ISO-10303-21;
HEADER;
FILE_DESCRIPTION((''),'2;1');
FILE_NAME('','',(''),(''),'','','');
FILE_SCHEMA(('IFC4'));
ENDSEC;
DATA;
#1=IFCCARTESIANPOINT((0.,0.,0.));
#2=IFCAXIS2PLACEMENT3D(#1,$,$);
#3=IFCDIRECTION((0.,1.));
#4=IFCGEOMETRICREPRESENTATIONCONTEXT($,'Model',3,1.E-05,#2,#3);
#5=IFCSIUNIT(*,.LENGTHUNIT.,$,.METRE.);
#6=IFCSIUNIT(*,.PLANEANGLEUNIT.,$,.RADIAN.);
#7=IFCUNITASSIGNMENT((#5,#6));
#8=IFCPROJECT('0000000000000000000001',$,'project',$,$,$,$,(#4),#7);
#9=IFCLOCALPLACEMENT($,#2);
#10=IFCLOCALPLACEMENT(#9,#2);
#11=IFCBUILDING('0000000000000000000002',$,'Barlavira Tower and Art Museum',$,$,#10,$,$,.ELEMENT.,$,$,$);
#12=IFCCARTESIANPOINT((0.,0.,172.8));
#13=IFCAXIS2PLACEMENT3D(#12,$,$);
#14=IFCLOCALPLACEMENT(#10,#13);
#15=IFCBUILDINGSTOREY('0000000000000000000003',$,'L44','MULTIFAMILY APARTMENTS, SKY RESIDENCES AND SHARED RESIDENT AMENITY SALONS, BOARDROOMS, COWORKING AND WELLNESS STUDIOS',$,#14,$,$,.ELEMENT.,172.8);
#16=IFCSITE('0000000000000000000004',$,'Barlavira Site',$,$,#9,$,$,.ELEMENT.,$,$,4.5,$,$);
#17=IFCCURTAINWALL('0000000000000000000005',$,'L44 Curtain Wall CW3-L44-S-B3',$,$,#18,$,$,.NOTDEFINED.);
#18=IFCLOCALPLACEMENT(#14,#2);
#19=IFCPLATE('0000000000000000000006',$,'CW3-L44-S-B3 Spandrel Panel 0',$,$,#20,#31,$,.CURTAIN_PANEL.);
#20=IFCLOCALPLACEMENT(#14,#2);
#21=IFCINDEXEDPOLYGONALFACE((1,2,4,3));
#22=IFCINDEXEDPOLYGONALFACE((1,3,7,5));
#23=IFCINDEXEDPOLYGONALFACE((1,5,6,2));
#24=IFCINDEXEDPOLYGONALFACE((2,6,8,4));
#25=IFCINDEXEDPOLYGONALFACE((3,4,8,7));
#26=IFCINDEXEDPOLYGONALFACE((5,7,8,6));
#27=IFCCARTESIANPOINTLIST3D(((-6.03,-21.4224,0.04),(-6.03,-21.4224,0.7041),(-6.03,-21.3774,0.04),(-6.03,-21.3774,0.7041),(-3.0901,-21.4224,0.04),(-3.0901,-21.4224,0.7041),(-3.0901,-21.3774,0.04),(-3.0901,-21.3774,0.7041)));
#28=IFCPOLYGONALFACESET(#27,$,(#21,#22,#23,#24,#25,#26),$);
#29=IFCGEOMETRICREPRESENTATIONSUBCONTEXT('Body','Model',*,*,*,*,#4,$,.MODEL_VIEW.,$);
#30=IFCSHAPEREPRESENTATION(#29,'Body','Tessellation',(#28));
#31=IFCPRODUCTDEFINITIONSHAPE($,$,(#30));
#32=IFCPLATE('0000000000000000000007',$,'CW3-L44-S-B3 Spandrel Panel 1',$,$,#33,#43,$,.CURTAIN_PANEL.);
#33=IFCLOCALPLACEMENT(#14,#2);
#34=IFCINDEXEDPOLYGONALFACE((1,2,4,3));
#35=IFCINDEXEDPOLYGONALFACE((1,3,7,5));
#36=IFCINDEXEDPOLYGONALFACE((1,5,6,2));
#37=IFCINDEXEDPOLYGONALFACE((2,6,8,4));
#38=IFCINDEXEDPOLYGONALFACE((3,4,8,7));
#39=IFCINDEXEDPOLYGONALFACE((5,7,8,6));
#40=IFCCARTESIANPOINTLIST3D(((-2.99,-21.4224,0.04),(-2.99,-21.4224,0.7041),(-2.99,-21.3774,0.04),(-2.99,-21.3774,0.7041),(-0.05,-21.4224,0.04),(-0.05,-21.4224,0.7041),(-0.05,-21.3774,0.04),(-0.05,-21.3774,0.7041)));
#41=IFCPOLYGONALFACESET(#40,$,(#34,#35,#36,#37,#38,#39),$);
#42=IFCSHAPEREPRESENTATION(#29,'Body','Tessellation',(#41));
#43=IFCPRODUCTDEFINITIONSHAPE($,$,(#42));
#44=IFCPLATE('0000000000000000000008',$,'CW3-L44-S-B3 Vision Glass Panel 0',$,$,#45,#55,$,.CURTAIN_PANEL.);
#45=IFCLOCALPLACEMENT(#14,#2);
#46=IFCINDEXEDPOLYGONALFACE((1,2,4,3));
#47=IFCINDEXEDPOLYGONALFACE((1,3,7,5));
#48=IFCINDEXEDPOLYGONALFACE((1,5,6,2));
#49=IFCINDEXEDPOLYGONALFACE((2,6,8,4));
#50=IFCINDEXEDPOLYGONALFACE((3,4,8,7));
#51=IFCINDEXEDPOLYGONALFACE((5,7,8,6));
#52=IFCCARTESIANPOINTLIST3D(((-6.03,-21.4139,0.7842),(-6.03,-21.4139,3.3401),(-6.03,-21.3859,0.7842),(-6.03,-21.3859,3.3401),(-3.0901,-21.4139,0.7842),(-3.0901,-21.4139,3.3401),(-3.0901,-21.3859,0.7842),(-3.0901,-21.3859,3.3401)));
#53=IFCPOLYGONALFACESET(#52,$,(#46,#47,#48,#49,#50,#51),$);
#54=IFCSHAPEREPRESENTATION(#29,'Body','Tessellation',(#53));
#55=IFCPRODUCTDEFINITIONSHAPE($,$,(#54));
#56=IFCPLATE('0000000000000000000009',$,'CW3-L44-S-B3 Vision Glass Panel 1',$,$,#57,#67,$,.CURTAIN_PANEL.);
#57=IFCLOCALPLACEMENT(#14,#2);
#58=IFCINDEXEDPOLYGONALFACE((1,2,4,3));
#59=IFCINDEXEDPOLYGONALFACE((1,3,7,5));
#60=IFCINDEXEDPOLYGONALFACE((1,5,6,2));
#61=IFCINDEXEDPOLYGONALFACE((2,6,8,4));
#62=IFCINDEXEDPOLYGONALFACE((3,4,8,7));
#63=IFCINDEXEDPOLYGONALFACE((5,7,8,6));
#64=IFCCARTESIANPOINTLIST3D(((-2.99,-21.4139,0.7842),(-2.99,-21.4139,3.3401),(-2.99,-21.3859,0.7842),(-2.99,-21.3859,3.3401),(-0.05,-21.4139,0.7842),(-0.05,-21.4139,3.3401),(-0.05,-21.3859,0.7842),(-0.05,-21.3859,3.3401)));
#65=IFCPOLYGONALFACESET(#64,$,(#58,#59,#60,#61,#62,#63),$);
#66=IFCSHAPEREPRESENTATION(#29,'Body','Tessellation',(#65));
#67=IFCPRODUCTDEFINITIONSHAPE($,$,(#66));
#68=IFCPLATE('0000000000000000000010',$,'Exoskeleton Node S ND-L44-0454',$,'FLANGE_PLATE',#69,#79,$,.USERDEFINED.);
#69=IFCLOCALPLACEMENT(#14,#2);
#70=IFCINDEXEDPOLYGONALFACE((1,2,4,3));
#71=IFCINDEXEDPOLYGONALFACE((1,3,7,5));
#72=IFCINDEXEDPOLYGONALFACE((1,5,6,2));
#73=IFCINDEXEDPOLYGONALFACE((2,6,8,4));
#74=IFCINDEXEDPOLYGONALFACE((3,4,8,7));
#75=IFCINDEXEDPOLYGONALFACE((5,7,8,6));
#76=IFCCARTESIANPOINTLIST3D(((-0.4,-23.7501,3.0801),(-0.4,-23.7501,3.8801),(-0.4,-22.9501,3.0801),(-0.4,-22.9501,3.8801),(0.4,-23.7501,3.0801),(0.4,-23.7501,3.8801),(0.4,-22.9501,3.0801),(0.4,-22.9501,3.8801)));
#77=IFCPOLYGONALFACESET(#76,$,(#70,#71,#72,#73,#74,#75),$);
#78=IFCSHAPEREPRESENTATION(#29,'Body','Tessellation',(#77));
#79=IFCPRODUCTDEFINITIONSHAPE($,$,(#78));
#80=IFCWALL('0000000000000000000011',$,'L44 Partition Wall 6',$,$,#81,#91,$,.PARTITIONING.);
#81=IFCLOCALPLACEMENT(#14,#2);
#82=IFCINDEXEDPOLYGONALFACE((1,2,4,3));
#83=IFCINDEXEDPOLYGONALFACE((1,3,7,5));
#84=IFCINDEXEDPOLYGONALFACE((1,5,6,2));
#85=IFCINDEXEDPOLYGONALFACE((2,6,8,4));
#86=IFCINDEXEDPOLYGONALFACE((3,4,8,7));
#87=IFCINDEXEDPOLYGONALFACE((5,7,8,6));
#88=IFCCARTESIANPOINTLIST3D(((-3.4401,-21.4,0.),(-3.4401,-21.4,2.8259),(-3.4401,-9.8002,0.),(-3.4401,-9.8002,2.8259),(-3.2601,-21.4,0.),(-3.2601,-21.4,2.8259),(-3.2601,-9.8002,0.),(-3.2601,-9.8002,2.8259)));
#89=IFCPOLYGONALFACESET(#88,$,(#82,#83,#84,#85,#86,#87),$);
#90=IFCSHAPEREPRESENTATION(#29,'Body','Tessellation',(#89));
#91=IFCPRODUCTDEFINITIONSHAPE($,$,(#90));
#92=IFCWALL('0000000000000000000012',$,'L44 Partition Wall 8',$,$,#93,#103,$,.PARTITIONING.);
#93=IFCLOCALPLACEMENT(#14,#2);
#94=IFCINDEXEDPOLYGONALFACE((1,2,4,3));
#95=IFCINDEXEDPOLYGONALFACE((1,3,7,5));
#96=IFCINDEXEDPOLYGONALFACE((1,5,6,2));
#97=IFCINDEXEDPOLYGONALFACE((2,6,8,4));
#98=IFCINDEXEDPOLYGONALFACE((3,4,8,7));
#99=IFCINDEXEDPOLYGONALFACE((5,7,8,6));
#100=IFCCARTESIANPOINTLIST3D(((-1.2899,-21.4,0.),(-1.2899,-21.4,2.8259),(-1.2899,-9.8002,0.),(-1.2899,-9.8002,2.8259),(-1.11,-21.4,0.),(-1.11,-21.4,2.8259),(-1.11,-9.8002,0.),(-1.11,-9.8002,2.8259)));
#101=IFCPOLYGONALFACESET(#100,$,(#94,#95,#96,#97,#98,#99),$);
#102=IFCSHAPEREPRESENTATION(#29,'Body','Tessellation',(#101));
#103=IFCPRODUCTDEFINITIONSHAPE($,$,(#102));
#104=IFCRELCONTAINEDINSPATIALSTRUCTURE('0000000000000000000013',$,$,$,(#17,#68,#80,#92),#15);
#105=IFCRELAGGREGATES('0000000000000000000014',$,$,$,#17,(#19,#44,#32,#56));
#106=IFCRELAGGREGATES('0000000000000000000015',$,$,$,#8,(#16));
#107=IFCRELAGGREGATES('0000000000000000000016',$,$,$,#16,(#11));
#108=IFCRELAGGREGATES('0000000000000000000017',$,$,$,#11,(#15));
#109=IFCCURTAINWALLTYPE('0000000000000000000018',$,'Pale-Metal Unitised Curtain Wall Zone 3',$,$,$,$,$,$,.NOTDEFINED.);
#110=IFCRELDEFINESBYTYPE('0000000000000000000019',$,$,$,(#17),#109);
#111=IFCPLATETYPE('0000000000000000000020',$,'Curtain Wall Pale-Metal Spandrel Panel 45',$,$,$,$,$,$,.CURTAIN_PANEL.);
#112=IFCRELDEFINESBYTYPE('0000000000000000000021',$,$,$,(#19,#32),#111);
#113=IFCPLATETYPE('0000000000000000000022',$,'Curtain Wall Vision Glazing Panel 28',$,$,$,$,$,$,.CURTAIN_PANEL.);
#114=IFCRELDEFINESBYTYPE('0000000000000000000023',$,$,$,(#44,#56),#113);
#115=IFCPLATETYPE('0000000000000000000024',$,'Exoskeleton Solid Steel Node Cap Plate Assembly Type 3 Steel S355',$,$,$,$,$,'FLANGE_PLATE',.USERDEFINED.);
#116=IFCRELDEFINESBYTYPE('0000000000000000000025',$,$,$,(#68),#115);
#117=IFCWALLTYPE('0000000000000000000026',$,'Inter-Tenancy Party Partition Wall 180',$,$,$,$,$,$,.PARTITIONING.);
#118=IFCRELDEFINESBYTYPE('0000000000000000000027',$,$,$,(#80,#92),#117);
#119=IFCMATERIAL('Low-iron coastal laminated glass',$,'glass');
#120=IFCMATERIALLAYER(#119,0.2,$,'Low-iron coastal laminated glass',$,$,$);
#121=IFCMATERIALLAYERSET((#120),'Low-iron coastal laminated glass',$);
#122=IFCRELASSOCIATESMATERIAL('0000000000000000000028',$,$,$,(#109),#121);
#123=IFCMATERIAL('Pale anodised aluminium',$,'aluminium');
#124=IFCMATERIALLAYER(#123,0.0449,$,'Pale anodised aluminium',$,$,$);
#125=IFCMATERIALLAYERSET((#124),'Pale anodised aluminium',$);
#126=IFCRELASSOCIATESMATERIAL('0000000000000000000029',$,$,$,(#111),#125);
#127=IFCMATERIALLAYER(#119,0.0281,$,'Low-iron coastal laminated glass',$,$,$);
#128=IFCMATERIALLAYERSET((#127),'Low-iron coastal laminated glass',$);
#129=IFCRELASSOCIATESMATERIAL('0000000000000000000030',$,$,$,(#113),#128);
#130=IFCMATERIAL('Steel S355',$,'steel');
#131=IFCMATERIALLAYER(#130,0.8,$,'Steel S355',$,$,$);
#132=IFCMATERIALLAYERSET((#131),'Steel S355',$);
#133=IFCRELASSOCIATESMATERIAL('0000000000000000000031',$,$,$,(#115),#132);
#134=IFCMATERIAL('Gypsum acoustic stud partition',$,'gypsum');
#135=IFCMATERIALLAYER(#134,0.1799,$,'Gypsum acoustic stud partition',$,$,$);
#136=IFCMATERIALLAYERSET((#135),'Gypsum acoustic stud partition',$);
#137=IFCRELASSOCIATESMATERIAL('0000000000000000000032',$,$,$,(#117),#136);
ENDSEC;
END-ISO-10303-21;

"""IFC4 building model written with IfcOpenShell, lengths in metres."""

from ifc_helpers import new_model, si_unit, direction, frame, frame_2d, origin, origin_2d, place, context, subcontext, project, spatial, rectangle, extrude, material, layer, layer_set, type_object, element, aggregate, save


model = new_model("IFC4")

# Units and contexts
model_context = context("Model", 3, precision=1e-05, world=origin(), true_north=direction((0.0, 1.0)))
body_context = subcontext(model_context, "Body", "Model", "MODEL_VIEW")
ifc_project = project(units=[si_unit("LENGTHUNIT", "METRE"), si_unit("PLANEANGLEUNIT", "RADIAN")], contexts=[model_context])

# Site, building, storey
site_placement = place(None, origin())
site = spatial("IfcSite", under=ifc_project, at=site_placement, Name="Barlavira Site", CompositionType="ELEMENT", RefElevation=4.5)
building_placement = place(site_placement, origin())
building = spatial("IfcBuilding", under=site, at=building_placement, Name="Barlavira Tower and Art Museum", CompositionType="ELEMENT")
storey_placement = place(building_placement, frame((0.0, 0.0, 172.8)))
storey = spatial("IfcBuildingStorey", under=building, at=storey_placement, Name="L44", Description="MULTIFAMILY APARTMENTS, SKY RESIDENCES AND SHARED RESIDENT AMENITY SALONS, BOARDROOMS, COWORKING AND WELLNESS STUDIOS", CompositionType="ELEMENT", Elevation=172.8)

# Curtain wall
ifc_material_1 = material(Name="Low-iron coastal laminated glass", Category="glass")
ifc_layer_1 = layer(ifc_material_1, 0.2, Name="Low-iron coastal laminated glass")
ifc_layer_set_1 = layer_set([ifc_layer_1], Name="Low-iron coastal laminated glass")
curtain_wall_type = type_object("IfcCurtainWallType", Name="Pale-Metal Unitised Curtain Wall Zone 3", PredefinedType="NOTDEFINED", material=ifc_layer_set_1)
curtain_wall_placement = place(storey_placement, origin())
curtain_wall = element("IfcCurtainWall", 1, at=curtain_wall_placement, inside=storey, type_object=curtain_wall_type, Name="L44 Curtain Wall CW3-L44-S-B3", PredefinedType="NOTDEFINED")
ifc_material_2 = material(Name="Pale anodised aluminium", Category="aluminium")

# Shared definitions
ifc_material_3 = material(Name="Steel S355", Category="steel")

# Plates
ifc_layer_2 = layer(ifc_material_2, 0.0449, Name="Pale anodised aluminium")
ifc_layer_set_2 = layer_set([ifc_layer_2], Name="Pale anodised aluminium")
plate_type_1 = type_object("IfcPlateType", Name="Curtain Wall Pale-Metal Spandrel Panel 45", PredefinedType="CURTAIN_PANEL", material=ifc_layer_set_2)
plate_1_placement = place(storey_placement, frame((-4.5601, -21.3999, 0.04), z_axis=(0.0, 0.0, 1.0), x_axis=(1.0, 0.0, 0.0)))
plate_1 = element("IfcPlate", 2, at=plate_1_placement, type_object=plate_type_1, Name="CW3-L44-S-B3 Spandrel Panel 0", PredefinedType="CURTAIN_PANEL", context=body_context, shape_type="SweptSolid", body=[
    extrude(rectangle(XDim=2.9399, YDim=0.0449, at=origin_2d()), origin(), (0.0, 0.0, 1.0), 0.6641),
])
plate_2_placement = place(storey_placement, frame((-1.52, -21.3999, 0.04), z_axis=(0.0, 0.0, 1.0), x_axis=(1.0, 0.0, 0.0)))
plate_2 = element("IfcPlate", 3, at=plate_2_placement, type_object=plate_type_1, Name="CW3-L44-S-B3 Spandrel Panel 1", PredefinedType="CURTAIN_PANEL", context=body_context, shape_type="SweptSolid", body=[
    extrude(rectangle(XDim=2.9399, YDim=0.0449, at=origin_2d()), origin(), (0.0, 0.0, 1.0), 0.6641),
])
ifc_layer_3 = layer(ifc_material_1, 0.0281, Name="Low-iron coastal laminated glass")
ifc_layer_set_3 = layer_set([ifc_layer_3], Name="Low-iron coastal laminated glass")
plate_type_2 = type_object("IfcPlateType", Name="Curtain Wall Vision Glazing Panel 28", PredefinedType="CURTAIN_PANEL", material=ifc_layer_set_3)
plate_3_placement = place(storey_placement, frame((-4.5601, -21.3999, 0.7842), z_axis=(0.0, 0.0, 1.0), x_axis=(1.0, 0.0, 0.0)))
plate_3 = element("IfcPlate", 4, at=plate_3_placement, type_object=plate_type_2, Name="CW3-L44-S-B3 Vision Glass Panel 0", PredefinedType="CURTAIN_PANEL", context=body_context, shape_type="SweptSolid", body=[
    extrude(rectangle(XDim=2.9399, YDim=0.0281, at=origin_2d()), origin(), (0.0, 0.0, 1.0), 2.5559),
])
plate_4_placement = place(storey_placement, frame((-1.52, -21.3999, 0.7842), z_axis=(0.0, 0.0, 1.0), x_axis=(1.0, 0.0, 0.0)))
plate_4 = element("IfcPlate", 5, at=plate_4_placement, type_object=plate_type_2, Name="CW3-L44-S-B3 Vision Glass Panel 1", PredefinedType="CURTAIN_PANEL", context=body_context, shape_type="SweptSolid", body=[
    extrude(rectangle(XDim=2.9399, YDim=0.0281, at=origin_2d()), origin(), (0.0, 0.0, 1.0), 2.5559),
])
aggregate(curtain_wall, [plate_1, plate_3, plate_2, plate_4])
ifc_layer_4 = layer(ifc_material_3, 0.8, Name="Steel S355")
ifc_layer_set_4 = layer_set([ifc_layer_4], Name="Steel S355")
plate_type_3 = type_object("IfcPlateType", Name="Exoskeleton Solid Steel Node Cap Plate Assembly Type 3 Steel S355", ElementType="FLANGE_PLATE", PredefinedType="USERDEFINED", material=ifc_layer_set_4)
plate_5_placement = place(storey_placement, frame((0.0, -23.3501, 3.0801), z_axis=(0.0, 0.0, 1.0), x_axis=(1.0, 0.0, 0.0)))
element("IfcPlate", 6, at=plate_5_placement, inside=storey, type_object=plate_type_3, Name="Exoskeleton Node S ND-L44-0454", ObjectType="FLANGE_PLATE", PredefinedType="USERDEFINED", context=body_context, shape_type="SweptSolid", body=[
    extrude(rectangle(XDim=0.8, YDim=0.8, at=origin_2d()), origin(), (0.0, 0.0, 1.0), 0.8),
])

# Walls
ifc_material_4 = material(Name="Gypsum acoustic stud partition", Category="gypsum")
ifc_layer_5 = layer(ifc_material_4, 0.1799, Name="Gypsum acoustic stud partition")
ifc_layer_set_5 = layer_set([ifc_layer_5], Name="Gypsum acoustic stud partition")
wall_type = type_object("IfcWallType", Name="Inter-Tenancy Party Partition Wall 180", PredefinedType="PARTITIONING", material=ifc_layer_set_5)
for number, where, z_axis, x_axis, name in (
    (7, (-3.3501, -21.3999, 0.0), (0.0, 0.0, 1.0), (0.0, 1.0, 0.0), "L44 Partition Wall 6"),
    (8, (-1.2, -21.3999, 0.0), (0.0, 0.0, 1.0), (0.0, 1.0, 0.0), "L44 Partition Wall 8"),
):
    element("IfcWall", number, at=place(storey_placement, frame(where, z_axis=z_axis, x_axis=x_axis)), inside=storey, type_object=wall_type, Name=name, PredefinedType="PARTITIONING", context=body_context, shape_type="SweptSolid", body=[
        extrude(rectangle(XDim=11.5999, YDim=0.1799, at=frame_2d((5.7998, 0.0))), origin(), (0.0, 0.0, 1.0), 2.8259),
    ])

save(model, "model.ifc")
